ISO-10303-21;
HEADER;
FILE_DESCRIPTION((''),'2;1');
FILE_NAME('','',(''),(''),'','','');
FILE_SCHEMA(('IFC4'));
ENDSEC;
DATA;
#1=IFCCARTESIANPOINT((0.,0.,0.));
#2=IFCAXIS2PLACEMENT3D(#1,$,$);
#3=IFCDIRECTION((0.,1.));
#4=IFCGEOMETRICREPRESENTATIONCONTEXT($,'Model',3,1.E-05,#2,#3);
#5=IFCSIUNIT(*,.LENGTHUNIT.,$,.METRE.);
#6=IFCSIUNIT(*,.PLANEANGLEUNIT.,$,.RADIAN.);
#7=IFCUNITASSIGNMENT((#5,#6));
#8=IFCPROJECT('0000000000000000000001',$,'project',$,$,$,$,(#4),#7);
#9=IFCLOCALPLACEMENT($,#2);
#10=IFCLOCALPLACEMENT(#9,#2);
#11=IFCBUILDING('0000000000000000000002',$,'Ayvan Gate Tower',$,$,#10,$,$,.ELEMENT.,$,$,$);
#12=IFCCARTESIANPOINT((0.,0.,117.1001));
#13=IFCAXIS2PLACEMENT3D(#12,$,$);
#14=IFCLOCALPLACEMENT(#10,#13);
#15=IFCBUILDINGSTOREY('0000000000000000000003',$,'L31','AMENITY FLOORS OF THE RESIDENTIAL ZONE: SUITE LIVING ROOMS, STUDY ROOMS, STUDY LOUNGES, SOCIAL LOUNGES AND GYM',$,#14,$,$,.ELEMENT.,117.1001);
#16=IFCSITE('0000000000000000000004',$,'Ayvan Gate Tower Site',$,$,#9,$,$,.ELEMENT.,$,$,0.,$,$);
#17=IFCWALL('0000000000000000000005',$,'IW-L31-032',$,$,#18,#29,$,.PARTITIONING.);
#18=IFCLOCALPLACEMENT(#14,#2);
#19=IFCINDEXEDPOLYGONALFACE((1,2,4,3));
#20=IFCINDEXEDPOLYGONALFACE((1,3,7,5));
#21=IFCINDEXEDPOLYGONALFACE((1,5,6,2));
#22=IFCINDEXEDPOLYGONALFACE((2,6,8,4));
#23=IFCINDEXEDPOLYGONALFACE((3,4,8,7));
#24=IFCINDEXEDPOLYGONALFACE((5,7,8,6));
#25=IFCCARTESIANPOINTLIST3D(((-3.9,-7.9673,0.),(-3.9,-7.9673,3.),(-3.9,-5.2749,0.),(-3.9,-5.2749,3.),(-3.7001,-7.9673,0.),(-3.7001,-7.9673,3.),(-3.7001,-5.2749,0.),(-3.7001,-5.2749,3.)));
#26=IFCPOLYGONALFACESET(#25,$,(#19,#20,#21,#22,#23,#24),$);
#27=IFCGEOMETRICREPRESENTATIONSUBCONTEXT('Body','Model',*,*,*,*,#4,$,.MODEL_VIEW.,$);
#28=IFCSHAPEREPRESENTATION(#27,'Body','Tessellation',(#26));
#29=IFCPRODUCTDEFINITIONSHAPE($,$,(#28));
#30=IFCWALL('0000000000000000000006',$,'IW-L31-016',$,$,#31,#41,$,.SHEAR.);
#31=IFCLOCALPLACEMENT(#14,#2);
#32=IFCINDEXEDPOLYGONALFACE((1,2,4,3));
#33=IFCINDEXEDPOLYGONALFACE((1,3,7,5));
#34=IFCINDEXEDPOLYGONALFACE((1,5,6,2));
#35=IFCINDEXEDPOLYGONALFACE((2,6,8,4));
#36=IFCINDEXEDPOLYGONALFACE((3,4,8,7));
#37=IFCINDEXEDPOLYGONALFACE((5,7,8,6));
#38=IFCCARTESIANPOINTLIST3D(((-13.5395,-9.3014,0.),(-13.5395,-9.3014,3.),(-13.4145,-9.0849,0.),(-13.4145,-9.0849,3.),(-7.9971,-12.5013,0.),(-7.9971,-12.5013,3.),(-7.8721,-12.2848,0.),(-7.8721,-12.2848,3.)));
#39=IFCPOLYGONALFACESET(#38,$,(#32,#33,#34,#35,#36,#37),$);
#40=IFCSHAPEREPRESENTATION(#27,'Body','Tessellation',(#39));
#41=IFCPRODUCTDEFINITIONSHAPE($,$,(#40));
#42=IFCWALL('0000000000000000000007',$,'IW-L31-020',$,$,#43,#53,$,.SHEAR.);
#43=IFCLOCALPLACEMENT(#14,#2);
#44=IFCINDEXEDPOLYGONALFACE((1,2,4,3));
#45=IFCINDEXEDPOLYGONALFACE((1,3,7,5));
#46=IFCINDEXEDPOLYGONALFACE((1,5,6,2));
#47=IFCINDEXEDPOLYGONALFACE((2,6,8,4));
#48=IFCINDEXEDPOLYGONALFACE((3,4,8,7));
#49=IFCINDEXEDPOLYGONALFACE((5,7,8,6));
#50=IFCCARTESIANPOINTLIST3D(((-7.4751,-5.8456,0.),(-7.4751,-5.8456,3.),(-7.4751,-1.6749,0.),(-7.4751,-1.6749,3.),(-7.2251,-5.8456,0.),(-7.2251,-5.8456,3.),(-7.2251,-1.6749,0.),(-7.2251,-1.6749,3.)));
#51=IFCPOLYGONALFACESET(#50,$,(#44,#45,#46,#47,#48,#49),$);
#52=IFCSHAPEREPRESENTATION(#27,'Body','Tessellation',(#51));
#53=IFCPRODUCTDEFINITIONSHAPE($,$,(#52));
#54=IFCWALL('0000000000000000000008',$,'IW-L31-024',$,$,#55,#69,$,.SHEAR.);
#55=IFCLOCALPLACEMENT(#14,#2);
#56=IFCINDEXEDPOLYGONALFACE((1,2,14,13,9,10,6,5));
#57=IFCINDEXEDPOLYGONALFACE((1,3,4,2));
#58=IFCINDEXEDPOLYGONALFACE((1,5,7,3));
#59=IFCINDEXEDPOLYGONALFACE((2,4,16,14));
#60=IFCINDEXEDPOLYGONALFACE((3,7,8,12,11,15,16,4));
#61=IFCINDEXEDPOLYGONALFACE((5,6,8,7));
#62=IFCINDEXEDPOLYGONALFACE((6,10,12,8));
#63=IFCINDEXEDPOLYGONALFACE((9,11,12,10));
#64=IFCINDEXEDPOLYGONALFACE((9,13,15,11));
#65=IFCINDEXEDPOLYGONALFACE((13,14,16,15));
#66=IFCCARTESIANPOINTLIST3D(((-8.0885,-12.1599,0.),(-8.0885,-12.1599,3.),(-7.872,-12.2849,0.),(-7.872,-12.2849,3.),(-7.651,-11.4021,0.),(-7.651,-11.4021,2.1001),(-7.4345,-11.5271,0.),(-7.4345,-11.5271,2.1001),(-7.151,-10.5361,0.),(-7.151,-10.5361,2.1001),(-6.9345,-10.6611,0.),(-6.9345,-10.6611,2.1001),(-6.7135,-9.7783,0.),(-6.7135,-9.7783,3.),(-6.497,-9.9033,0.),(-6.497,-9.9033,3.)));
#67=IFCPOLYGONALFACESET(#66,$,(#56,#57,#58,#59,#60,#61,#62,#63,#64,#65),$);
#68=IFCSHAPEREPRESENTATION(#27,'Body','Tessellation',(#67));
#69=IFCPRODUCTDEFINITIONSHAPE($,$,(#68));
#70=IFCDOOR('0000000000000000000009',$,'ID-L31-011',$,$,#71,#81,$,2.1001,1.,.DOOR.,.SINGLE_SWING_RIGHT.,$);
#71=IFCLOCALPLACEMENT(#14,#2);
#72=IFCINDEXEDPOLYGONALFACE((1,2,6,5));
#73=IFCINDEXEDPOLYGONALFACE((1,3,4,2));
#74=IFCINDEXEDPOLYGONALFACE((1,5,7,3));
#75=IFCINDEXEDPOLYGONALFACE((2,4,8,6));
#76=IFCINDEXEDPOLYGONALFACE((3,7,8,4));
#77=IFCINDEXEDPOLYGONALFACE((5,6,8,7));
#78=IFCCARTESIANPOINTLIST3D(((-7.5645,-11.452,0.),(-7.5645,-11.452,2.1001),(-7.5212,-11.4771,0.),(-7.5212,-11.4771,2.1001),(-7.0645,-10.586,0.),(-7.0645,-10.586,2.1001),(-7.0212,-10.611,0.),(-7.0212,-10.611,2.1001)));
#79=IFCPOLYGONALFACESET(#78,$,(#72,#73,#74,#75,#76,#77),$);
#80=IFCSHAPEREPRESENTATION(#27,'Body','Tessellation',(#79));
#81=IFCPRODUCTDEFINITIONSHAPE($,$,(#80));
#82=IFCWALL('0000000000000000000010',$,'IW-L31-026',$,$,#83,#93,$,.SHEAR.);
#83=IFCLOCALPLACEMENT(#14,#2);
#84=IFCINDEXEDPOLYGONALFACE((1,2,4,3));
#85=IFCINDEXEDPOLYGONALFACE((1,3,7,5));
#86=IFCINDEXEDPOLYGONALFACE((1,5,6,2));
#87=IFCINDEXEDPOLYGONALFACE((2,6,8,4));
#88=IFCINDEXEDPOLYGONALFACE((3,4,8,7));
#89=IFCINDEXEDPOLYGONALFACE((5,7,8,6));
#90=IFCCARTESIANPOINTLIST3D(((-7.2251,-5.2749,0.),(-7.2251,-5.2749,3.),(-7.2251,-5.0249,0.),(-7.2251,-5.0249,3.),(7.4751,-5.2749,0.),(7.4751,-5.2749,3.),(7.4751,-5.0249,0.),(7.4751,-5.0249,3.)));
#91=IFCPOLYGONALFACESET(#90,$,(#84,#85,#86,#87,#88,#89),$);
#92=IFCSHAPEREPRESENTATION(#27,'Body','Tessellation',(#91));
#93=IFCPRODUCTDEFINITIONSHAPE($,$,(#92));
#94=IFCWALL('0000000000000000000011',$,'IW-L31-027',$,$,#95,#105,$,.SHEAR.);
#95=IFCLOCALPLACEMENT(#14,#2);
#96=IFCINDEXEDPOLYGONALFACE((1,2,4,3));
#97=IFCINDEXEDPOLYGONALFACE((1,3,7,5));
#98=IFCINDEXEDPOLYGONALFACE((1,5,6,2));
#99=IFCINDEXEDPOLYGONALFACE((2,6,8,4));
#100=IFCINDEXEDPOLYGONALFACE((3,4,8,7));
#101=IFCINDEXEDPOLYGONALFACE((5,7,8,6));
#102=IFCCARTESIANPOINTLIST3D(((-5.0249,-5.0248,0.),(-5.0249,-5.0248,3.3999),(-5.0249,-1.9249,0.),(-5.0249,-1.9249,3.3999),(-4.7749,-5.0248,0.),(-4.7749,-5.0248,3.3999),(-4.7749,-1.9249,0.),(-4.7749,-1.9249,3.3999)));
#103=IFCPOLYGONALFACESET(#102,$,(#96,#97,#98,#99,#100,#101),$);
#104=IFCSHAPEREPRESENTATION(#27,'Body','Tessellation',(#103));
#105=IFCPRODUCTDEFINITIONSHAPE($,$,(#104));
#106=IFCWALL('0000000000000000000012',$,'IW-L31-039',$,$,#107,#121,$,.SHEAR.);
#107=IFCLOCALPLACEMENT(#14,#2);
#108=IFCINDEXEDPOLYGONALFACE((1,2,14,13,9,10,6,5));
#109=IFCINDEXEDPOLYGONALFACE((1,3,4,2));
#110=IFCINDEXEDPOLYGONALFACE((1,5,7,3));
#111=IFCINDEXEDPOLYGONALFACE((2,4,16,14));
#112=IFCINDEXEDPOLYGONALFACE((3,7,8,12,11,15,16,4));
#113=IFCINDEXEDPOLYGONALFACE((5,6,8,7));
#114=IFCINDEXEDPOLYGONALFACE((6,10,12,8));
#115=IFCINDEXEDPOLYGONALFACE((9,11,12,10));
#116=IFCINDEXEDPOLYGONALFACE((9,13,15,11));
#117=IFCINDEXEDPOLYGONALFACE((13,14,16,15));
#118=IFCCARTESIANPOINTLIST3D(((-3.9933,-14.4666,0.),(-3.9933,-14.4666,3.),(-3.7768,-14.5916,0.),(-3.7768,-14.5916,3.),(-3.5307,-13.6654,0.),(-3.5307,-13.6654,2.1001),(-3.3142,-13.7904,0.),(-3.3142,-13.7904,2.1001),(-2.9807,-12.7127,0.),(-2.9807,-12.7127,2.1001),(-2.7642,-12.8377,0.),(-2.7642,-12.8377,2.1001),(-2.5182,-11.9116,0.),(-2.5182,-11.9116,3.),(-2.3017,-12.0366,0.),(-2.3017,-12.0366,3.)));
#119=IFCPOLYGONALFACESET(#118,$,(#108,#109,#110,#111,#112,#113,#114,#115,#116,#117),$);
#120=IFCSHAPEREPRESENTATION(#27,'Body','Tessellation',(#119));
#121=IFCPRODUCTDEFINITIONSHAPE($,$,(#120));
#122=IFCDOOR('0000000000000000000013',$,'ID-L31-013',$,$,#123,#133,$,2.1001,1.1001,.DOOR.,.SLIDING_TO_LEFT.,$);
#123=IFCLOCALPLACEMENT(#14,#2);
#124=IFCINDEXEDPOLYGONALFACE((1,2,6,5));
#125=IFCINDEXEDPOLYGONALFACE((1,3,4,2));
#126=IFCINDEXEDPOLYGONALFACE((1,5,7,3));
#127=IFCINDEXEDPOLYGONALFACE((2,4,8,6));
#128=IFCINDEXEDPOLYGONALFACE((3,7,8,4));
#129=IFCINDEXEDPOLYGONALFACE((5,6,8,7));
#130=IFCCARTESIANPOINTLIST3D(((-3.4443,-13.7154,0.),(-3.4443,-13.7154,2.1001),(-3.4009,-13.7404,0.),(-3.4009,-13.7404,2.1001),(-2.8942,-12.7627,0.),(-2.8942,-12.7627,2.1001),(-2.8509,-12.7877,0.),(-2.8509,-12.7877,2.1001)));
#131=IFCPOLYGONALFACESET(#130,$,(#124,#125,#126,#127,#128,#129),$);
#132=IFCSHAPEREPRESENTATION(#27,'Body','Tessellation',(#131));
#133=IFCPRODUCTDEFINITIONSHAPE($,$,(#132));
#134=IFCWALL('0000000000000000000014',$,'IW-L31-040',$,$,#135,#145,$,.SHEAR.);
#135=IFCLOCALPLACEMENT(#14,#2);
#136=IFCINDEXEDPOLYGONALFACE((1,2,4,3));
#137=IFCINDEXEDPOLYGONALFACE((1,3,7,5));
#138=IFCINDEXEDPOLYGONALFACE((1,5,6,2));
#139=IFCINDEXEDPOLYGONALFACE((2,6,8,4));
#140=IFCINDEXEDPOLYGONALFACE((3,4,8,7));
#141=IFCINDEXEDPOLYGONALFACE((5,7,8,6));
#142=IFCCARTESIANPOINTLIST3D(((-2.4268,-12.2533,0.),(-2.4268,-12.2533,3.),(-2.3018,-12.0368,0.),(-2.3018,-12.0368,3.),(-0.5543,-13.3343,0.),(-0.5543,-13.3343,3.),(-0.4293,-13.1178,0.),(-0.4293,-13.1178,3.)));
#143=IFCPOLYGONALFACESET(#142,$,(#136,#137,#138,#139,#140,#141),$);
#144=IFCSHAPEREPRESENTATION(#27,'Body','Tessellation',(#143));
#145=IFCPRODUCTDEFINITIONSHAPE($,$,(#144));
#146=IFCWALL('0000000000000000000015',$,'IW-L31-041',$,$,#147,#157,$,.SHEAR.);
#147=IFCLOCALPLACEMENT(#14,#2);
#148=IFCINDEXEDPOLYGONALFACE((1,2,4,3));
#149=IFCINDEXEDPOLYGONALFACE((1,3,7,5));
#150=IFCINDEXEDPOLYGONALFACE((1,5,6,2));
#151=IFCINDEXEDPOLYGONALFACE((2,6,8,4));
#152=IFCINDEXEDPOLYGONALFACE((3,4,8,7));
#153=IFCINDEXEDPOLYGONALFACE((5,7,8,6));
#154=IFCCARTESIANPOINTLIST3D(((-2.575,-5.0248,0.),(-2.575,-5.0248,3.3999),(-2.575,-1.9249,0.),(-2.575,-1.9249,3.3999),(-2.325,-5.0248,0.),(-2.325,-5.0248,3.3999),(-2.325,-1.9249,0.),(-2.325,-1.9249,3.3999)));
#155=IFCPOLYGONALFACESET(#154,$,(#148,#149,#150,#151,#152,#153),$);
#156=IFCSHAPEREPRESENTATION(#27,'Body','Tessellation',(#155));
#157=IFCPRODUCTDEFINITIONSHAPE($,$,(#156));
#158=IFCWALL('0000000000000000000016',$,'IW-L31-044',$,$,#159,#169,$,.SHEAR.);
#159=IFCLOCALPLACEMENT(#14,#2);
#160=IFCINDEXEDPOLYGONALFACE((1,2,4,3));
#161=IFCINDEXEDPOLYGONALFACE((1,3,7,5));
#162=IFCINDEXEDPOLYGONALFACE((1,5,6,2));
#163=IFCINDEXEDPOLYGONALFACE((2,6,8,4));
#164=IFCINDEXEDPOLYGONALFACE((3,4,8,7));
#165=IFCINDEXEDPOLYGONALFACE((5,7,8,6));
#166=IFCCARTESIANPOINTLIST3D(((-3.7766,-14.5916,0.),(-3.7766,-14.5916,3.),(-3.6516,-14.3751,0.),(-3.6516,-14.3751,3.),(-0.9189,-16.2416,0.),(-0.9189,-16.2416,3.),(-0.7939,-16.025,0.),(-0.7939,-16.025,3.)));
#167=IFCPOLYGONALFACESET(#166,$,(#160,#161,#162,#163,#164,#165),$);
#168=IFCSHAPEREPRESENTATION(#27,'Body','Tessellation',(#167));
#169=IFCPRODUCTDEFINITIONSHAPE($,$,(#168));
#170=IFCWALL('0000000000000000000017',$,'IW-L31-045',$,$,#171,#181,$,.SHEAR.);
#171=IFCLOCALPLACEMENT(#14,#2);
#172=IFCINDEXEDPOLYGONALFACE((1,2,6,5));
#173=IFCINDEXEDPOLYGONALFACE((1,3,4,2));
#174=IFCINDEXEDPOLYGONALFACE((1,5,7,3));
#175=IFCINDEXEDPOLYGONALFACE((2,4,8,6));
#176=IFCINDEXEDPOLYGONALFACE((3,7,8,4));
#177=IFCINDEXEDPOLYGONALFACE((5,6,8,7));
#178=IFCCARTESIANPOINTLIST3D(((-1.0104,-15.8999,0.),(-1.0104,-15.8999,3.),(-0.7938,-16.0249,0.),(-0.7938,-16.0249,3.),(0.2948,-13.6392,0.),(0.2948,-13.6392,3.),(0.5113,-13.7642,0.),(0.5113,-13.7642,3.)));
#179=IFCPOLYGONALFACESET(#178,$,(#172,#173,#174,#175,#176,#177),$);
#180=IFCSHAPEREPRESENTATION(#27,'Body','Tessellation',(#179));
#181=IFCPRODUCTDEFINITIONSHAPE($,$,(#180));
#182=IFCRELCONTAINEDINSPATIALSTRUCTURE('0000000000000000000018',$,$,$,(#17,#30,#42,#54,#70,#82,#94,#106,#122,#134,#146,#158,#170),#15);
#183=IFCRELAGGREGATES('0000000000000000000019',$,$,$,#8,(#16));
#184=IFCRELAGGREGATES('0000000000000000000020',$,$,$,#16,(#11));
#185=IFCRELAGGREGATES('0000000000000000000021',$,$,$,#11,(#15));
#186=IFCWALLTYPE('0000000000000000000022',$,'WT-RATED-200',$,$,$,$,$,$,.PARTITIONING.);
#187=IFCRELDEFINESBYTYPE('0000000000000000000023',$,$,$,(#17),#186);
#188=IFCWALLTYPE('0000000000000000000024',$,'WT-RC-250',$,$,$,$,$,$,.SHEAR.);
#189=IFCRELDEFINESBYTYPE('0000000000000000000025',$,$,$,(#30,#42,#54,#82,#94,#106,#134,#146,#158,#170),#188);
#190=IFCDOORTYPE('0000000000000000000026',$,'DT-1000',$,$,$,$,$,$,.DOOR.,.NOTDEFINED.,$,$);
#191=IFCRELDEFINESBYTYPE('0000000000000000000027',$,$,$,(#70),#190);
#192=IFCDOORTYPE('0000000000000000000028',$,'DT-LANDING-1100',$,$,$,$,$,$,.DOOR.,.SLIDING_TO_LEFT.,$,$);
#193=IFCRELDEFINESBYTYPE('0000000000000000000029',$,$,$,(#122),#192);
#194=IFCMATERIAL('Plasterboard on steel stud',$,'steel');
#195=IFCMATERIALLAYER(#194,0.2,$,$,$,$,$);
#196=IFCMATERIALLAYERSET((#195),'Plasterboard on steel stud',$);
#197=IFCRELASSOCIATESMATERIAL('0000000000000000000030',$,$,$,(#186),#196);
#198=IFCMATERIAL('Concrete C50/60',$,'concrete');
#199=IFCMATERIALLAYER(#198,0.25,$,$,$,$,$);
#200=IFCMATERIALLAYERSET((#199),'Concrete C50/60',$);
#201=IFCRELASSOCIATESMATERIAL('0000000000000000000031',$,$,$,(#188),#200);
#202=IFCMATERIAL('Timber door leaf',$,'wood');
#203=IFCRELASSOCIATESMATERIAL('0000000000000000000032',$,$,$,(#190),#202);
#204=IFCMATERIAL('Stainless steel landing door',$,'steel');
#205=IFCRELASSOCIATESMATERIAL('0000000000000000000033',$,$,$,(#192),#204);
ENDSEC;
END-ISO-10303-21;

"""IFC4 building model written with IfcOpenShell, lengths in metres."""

from ifc_helpers import new_model, si_unit, direction, frame, frame_2d, origin, place, context, subcontext, project, spatial, rectangle, extrude, material, layer, layer_set, type_object, element, fill, save


model = new_model("IFC4")

# Units and contexts
model_context = context("Model", 3, precision=1e-05, world=origin(), true_north=direction((0.0, 1.0)))
body_context = subcontext(model_context, "Body", "Model", "MODEL_VIEW")
ifc_project = project(units=[si_unit("LENGTHUNIT", "METRE"), si_unit("PLANEANGLEUNIT", "RADIAN")], contexts=[model_context])

# Site, building, storey
site_placement = place(None, origin())
site = spatial("IfcSite", under=ifc_project, at=site_placement, Name="Ayvan Gate Tower Site", CompositionType="ELEMENT", RefElevation=0.0)
building_placement = place(site_placement, origin())
building = spatial("IfcBuilding", under=site, at=building_placement, Name="Ayvan Gate Tower", CompositionType="ELEMENT")
storey_placement = place(building_placement, frame((0.0, 0.0, 117.1001)))
storey = spatial("IfcBuildingStorey", under=building, at=storey_placement, Name="L31", Description="AMENITY FLOORS OF THE RESIDENTIAL ZONE: SUITE LIVING ROOMS, STUDY ROOMS, STUDY LOUNGES, SOCIAL LOUNGES AND GYM", CompositionType="ELEMENT", Elevation=117.1001)

# Shared definitions
ifc_material_1 = material(Name="Timber door leaf", Category="wood")

# Shared definitions
ifc_material_2 = material(Name="Plasterboard on steel stud", Category="steel")
ifc_layer_1 = layer(ifc_material_2, 0.2)
ifc_layer_set_1 = layer_set([ifc_layer_1], Name="Plasterboard on steel stud")
wall_type_1 = type_object("IfcWallType", Name="WT-RATED-200", PredefinedType="PARTITIONING", material=ifc_layer_set_1)

# Walls
wall_1_placement = place(storey_placement, frame((-3.8, -5.2749, 0.0), z_axis=(0.0, 0.0, 1.0), x_axis=(0.0, -1.0, 0.0)))
element("IfcWall", 1, at=wall_1_placement, inside=storey, type_object=wall_type_1, Name="IW-L31-032", PredefinedType="PARTITIONING", context=body_context, shape_type="SweptSolid", body=[
    extrude(rectangle(XDim=2.6924, YDim=0.2, at=frame_2d((1.3462, 0.0))), origin(), (0.0, 0.0, 1.0), 3.0),
])
ifc_material_3 = material(Name="Concrete C50/60", Category="concrete")
ifc_layer_2 = layer(ifc_material_3, 0.25)
ifc_layer_set_2 = layer_set([ifc_layer_2], Name="Concrete C50/60")
wall_type_2 = type_object("IfcWallType", Name="WT-RC-250", PredefinedType="SHEAR", material=ifc_layer_set_2)
wall_2_placement = place(storey_placement, frame((-7.9346, -12.3931, 0.0), z_axis=(0.0, 0.0, 1.0), x_axis=(-0.866025, 0.5, 0.0)))
element("IfcWall", 2, at=wall_2_placement, inside=storey, type_object=wall_type_2, Name="IW-L31-016", PredefinedType="SHEAR", context=body_context, shape_type="SweptSolid", body=[
    extrude(rectangle(XDim=6.3999, YDim=0.25, at=frame_2d((3.2, 0.0))), origin(), (0.0, 0.0, 1.0), 3.0),
])
wall_3_placement = place(storey_placement, frame((-7.3501, -5.8457, 0.0), z_axis=(0.0, 0.0, 1.0), x_axis=(0.0, 1.0, 0.0)))
element("IfcWall", 3, at=wall_3_placement, inside=storey, type_object=wall_type_2, Name="IW-L31-020", PredefinedType="SHEAR", context=body_context, shape_type="SweptSolid", body=[
    extrude(rectangle(XDim=4.1707, YDim=0.25, at=frame_2d((2.0854, 0.0))), origin(), (0.0, 0.0, 1.0), 3.0),
])

# Wall, opening, door
wall_4_placement = place(storey_placement, frame((-6.6052, -9.8408, 0.0), z_axis=(0.0, 0.0, 1.0), x_axis=(-0.499997, -0.866027, 0.0)))
wall_4 = element("IfcWall", 4, at=wall_4_placement, inside=storey, type_object=wall_type_2, Name="IW-L31-024", PredefinedType="SHEAR", context=body_context, shape_type="SweptSolid", body=[
    extrude(rectangle(XDim=2.75, YDim=0.25, at=frame_2d((1.375, 0.0))), origin(), (0.0, 0.0, 1.0), 3.0),
])
opening_1_placement = place(wall_4_placement, frame((0.875, 0.0, 0.0)))
opening_1 = element("IfcOpeningElement", 5, at=opening_1_placement, cuts=wall_4, PredefinedType="OPENING", context=body_context, shape_type="SweptSolid", body=[
    extrude(rectangle(XDim=1.0, YDim=2.1001, at=frame_2d((0.5, 1.05))), frame((0.0, 0.135, 0.0), z_axis=(0.0, -1.0, 0.0), x_axis=(1.0, 0.0, 0.0)), (0.0, 0.0, 1.0), 0.27),
])
door_type_1 = type_object("IfcDoorType", Name="DT-1000", OperationType="NOTDEFINED", PredefinedType="DOOR", material=ifc_material_1)
door_1_placement = place(opening_1_placement, origin())
door_1 = element("IfcDoor", 6, at=door_1_placement, inside=storey, type_object=door_type_1, Name="ID-L31-011", OperationType="SINGLE_SWING_RIGHT", OverallHeight=2.1001, OverallWidth=1.0, PredefinedType="DOOR", context=body_context, shape_type="SweptSolid", body=[
    extrude(rectangle(XDim=1.0, YDim=2.1001, at=frame_2d((0.5, 1.05))), frame((0.0, 0.0249, 0.0), z_axis=(0.0, -1.0, 0.0), x_axis=(1.0, 0.0, 0.0)), (0.0, 0.0, 1.0), 0.05),
])
fill(opening_1, door_1)

# Walls
wall_5_placement = place(storey_placement, frame((-7.2251, -5.1499, 0.0), z_axis=(0.0, 0.0, 1.0), x_axis=(1.0, 0.0, 0.0)))
element("IfcWall", 7, at=wall_5_placement, inside=storey, type_object=wall_type_2, Name="IW-L31-026", PredefinedType="SHEAR", context=body_context, shape_type="SweptSolid", body=[
    extrude(rectangle(XDim=14.7002, YDim=0.25, at=frame_2d((7.3501, 0.0))), origin(), (0.0, 0.0, 1.0), 3.0),
])
wall_6_placement = place(storey_placement, frame((-4.8999, -1.925, 0.0), z_axis=(0.0, 0.0, 1.0), x_axis=(0.0, -1.0, 0.0)))
element("IfcWall", 8, at=wall_6_placement, inside=storey, type_object=wall_type_2, Name="IW-L31-027", PredefinedType="SHEAR", context=body_context, shape_type="SweptSolid", body=[
    extrude(rectangle(XDim=3.0999, YDim=0.25, at=frame_2d((1.5498, 0.0))), origin(), (0.0, 0.0, 1.0), 3.3999),
])

# Wall, opening, door
wall_7_placement = place(storey_placement, frame((-2.4099, -11.9741, 0.0), z_axis=(0.0, 0.0, 1.0), x_axis=(-0.500002, -0.866024, 0.0)))
wall_7 = element("IfcWall", 9, at=wall_7_placement, inside=storey, type_object=wall_type_2, Name="IW-L31-039", PredefinedType="SHEAR", context=body_context, shape_type="SweptSolid", body=[
    extrude(rectangle(XDim=2.9502, YDim=0.25, at=frame_2d((1.4751, 0.0))), origin(), (0.0, 0.0, 1.0), 3.0),
])
opening_2_placement = place(wall_7_placement, frame((0.925, 0.0, 0.0)))
opening_2 = element("IfcOpeningElement", 10, at=opening_2_placement, cuts=wall_7, PredefinedType="OPENING", context=body_context, shape_type="SweptSolid", body=[
    extrude(rectangle(XDim=1.1001, YDim=2.1001, at=frame_2d((0.55, 1.05))), frame((0.0, 0.135, 0.0), z_axis=(0.0, -1.0, 0.0), x_axis=(1.0, 0.0, 0.0)), (0.0, 0.0, 1.0), 0.27),
])
ifc_material_4 = material(Name="Stainless steel landing door", Category="steel")
door_type_2 = type_object("IfcDoorType", Name="DT-LANDING-1100", OperationType="SLIDING_TO_LEFT", PredefinedType="DOOR", material=ifc_material_4)
door_2_placement = place(opening_2_placement, origin())
door_2 = element("IfcDoor", 11, at=door_2_placement, inside=storey, type_object=door_type_2, Name="ID-L31-013", OperationType="SLIDING_TO_LEFT", OverallHeight=2.1001, OverallWidth=1.1001, PredefinedType="DOOR", context=body_context, shape_type="SweptSolid", body=[
    extrude(rectangle(XDim=1.1001, YDim=2.1001, at=frame_2d((0.55, 1.05))), frame((0.0, 0.0249, 0.0), z_axis=(0.0, -1.0, 0.0), x_axis=(1.0, 0.0, 0.0)), (0.0, 0.0, 1.0), 0.05),
])
fill(opening_2, door_2)

# Walls
wall_8_placement = place(storey_placement, frame((-2.3643, -12.145, 0.0), z_axis=(0.0, 0.0, 1.0), x_axis=(0.866039, -0.499977, 0.0)))
element("IfcWall", 12, at=wall_8_placement, inside=storey, type_object=wall_type_2, Name="IW-L31-040", PredefinedType="SHEAR", context=body_context, shape_type="SweptSolid", body=[
    extrude(rectangle(XDim=2.1621, YDim=0.25, at=frame_2d((1.0811, 0.0))), origin(), (0.0, 0.0, 1.0), 3.0),
])
wall_9_placement = place(storey_placement, frame((-2.45, -1.925, 0.0), z_axis=(0.0, 0.0, 1.0), x_axis=(0.0, -1.0, 0.0)))
element("IfcWall", 13, at=wall_9_placement, inside=storey, type_object=wall_type_2, Name="IW-L31-041", PredefinedType="SHEAR", context=body_context, shape_type="SweptSolid", body=[
    extrude(rectangle(XDim=3.0999, YDim=0.25, at=frame_2d((1.5498, 0.0))), origin(), (0.0, 0.0, 1.0), 3.3999),
])
wall_10_placement = place(storey_placement, frame((-0.8564, -16.1333, 0.0), z_axis=(0.0, 0.0, 1.0), x_axis=(-0.866022, 0.500006, 0.0)))
element("IfcWall", 14, at=wall_10_placement, inside=storey, type_object=wall_type_2, Name="IW-L31-044", PredefinedType="SHEAR", context=body_context, shape_type="SweptSolid", body=[
    extrude(rectangle(XDim=3.2998, YDim=0.25, at=frame_2d((1.6499, 0.0))), origin(), (0.0, 0.0, 1.0), 3.0),
])
wall_11_placement = place(storey_placement, frame((-0.9021, -15.9624, 0.0), z_axis=(0.0, 0.0, 1.0), x_axis=(0.499982, 0.866036, 0.0)))
element("IfcWall", 15, at=wall_11_placement, inside=storey, type_object=wall_type_2, Name="IW-L31-045", PredefinedType="SHEAR", context=body_context, shape_type="SweptSolid", body=[
    extrude(rectangle(XDim=2.6104, YDim=0.25, at=frame_2d((1.3052, 0.0))), origin(), (0.0, 0.0, 1.0), 3.0),
])

save(model, "model.ifc")
